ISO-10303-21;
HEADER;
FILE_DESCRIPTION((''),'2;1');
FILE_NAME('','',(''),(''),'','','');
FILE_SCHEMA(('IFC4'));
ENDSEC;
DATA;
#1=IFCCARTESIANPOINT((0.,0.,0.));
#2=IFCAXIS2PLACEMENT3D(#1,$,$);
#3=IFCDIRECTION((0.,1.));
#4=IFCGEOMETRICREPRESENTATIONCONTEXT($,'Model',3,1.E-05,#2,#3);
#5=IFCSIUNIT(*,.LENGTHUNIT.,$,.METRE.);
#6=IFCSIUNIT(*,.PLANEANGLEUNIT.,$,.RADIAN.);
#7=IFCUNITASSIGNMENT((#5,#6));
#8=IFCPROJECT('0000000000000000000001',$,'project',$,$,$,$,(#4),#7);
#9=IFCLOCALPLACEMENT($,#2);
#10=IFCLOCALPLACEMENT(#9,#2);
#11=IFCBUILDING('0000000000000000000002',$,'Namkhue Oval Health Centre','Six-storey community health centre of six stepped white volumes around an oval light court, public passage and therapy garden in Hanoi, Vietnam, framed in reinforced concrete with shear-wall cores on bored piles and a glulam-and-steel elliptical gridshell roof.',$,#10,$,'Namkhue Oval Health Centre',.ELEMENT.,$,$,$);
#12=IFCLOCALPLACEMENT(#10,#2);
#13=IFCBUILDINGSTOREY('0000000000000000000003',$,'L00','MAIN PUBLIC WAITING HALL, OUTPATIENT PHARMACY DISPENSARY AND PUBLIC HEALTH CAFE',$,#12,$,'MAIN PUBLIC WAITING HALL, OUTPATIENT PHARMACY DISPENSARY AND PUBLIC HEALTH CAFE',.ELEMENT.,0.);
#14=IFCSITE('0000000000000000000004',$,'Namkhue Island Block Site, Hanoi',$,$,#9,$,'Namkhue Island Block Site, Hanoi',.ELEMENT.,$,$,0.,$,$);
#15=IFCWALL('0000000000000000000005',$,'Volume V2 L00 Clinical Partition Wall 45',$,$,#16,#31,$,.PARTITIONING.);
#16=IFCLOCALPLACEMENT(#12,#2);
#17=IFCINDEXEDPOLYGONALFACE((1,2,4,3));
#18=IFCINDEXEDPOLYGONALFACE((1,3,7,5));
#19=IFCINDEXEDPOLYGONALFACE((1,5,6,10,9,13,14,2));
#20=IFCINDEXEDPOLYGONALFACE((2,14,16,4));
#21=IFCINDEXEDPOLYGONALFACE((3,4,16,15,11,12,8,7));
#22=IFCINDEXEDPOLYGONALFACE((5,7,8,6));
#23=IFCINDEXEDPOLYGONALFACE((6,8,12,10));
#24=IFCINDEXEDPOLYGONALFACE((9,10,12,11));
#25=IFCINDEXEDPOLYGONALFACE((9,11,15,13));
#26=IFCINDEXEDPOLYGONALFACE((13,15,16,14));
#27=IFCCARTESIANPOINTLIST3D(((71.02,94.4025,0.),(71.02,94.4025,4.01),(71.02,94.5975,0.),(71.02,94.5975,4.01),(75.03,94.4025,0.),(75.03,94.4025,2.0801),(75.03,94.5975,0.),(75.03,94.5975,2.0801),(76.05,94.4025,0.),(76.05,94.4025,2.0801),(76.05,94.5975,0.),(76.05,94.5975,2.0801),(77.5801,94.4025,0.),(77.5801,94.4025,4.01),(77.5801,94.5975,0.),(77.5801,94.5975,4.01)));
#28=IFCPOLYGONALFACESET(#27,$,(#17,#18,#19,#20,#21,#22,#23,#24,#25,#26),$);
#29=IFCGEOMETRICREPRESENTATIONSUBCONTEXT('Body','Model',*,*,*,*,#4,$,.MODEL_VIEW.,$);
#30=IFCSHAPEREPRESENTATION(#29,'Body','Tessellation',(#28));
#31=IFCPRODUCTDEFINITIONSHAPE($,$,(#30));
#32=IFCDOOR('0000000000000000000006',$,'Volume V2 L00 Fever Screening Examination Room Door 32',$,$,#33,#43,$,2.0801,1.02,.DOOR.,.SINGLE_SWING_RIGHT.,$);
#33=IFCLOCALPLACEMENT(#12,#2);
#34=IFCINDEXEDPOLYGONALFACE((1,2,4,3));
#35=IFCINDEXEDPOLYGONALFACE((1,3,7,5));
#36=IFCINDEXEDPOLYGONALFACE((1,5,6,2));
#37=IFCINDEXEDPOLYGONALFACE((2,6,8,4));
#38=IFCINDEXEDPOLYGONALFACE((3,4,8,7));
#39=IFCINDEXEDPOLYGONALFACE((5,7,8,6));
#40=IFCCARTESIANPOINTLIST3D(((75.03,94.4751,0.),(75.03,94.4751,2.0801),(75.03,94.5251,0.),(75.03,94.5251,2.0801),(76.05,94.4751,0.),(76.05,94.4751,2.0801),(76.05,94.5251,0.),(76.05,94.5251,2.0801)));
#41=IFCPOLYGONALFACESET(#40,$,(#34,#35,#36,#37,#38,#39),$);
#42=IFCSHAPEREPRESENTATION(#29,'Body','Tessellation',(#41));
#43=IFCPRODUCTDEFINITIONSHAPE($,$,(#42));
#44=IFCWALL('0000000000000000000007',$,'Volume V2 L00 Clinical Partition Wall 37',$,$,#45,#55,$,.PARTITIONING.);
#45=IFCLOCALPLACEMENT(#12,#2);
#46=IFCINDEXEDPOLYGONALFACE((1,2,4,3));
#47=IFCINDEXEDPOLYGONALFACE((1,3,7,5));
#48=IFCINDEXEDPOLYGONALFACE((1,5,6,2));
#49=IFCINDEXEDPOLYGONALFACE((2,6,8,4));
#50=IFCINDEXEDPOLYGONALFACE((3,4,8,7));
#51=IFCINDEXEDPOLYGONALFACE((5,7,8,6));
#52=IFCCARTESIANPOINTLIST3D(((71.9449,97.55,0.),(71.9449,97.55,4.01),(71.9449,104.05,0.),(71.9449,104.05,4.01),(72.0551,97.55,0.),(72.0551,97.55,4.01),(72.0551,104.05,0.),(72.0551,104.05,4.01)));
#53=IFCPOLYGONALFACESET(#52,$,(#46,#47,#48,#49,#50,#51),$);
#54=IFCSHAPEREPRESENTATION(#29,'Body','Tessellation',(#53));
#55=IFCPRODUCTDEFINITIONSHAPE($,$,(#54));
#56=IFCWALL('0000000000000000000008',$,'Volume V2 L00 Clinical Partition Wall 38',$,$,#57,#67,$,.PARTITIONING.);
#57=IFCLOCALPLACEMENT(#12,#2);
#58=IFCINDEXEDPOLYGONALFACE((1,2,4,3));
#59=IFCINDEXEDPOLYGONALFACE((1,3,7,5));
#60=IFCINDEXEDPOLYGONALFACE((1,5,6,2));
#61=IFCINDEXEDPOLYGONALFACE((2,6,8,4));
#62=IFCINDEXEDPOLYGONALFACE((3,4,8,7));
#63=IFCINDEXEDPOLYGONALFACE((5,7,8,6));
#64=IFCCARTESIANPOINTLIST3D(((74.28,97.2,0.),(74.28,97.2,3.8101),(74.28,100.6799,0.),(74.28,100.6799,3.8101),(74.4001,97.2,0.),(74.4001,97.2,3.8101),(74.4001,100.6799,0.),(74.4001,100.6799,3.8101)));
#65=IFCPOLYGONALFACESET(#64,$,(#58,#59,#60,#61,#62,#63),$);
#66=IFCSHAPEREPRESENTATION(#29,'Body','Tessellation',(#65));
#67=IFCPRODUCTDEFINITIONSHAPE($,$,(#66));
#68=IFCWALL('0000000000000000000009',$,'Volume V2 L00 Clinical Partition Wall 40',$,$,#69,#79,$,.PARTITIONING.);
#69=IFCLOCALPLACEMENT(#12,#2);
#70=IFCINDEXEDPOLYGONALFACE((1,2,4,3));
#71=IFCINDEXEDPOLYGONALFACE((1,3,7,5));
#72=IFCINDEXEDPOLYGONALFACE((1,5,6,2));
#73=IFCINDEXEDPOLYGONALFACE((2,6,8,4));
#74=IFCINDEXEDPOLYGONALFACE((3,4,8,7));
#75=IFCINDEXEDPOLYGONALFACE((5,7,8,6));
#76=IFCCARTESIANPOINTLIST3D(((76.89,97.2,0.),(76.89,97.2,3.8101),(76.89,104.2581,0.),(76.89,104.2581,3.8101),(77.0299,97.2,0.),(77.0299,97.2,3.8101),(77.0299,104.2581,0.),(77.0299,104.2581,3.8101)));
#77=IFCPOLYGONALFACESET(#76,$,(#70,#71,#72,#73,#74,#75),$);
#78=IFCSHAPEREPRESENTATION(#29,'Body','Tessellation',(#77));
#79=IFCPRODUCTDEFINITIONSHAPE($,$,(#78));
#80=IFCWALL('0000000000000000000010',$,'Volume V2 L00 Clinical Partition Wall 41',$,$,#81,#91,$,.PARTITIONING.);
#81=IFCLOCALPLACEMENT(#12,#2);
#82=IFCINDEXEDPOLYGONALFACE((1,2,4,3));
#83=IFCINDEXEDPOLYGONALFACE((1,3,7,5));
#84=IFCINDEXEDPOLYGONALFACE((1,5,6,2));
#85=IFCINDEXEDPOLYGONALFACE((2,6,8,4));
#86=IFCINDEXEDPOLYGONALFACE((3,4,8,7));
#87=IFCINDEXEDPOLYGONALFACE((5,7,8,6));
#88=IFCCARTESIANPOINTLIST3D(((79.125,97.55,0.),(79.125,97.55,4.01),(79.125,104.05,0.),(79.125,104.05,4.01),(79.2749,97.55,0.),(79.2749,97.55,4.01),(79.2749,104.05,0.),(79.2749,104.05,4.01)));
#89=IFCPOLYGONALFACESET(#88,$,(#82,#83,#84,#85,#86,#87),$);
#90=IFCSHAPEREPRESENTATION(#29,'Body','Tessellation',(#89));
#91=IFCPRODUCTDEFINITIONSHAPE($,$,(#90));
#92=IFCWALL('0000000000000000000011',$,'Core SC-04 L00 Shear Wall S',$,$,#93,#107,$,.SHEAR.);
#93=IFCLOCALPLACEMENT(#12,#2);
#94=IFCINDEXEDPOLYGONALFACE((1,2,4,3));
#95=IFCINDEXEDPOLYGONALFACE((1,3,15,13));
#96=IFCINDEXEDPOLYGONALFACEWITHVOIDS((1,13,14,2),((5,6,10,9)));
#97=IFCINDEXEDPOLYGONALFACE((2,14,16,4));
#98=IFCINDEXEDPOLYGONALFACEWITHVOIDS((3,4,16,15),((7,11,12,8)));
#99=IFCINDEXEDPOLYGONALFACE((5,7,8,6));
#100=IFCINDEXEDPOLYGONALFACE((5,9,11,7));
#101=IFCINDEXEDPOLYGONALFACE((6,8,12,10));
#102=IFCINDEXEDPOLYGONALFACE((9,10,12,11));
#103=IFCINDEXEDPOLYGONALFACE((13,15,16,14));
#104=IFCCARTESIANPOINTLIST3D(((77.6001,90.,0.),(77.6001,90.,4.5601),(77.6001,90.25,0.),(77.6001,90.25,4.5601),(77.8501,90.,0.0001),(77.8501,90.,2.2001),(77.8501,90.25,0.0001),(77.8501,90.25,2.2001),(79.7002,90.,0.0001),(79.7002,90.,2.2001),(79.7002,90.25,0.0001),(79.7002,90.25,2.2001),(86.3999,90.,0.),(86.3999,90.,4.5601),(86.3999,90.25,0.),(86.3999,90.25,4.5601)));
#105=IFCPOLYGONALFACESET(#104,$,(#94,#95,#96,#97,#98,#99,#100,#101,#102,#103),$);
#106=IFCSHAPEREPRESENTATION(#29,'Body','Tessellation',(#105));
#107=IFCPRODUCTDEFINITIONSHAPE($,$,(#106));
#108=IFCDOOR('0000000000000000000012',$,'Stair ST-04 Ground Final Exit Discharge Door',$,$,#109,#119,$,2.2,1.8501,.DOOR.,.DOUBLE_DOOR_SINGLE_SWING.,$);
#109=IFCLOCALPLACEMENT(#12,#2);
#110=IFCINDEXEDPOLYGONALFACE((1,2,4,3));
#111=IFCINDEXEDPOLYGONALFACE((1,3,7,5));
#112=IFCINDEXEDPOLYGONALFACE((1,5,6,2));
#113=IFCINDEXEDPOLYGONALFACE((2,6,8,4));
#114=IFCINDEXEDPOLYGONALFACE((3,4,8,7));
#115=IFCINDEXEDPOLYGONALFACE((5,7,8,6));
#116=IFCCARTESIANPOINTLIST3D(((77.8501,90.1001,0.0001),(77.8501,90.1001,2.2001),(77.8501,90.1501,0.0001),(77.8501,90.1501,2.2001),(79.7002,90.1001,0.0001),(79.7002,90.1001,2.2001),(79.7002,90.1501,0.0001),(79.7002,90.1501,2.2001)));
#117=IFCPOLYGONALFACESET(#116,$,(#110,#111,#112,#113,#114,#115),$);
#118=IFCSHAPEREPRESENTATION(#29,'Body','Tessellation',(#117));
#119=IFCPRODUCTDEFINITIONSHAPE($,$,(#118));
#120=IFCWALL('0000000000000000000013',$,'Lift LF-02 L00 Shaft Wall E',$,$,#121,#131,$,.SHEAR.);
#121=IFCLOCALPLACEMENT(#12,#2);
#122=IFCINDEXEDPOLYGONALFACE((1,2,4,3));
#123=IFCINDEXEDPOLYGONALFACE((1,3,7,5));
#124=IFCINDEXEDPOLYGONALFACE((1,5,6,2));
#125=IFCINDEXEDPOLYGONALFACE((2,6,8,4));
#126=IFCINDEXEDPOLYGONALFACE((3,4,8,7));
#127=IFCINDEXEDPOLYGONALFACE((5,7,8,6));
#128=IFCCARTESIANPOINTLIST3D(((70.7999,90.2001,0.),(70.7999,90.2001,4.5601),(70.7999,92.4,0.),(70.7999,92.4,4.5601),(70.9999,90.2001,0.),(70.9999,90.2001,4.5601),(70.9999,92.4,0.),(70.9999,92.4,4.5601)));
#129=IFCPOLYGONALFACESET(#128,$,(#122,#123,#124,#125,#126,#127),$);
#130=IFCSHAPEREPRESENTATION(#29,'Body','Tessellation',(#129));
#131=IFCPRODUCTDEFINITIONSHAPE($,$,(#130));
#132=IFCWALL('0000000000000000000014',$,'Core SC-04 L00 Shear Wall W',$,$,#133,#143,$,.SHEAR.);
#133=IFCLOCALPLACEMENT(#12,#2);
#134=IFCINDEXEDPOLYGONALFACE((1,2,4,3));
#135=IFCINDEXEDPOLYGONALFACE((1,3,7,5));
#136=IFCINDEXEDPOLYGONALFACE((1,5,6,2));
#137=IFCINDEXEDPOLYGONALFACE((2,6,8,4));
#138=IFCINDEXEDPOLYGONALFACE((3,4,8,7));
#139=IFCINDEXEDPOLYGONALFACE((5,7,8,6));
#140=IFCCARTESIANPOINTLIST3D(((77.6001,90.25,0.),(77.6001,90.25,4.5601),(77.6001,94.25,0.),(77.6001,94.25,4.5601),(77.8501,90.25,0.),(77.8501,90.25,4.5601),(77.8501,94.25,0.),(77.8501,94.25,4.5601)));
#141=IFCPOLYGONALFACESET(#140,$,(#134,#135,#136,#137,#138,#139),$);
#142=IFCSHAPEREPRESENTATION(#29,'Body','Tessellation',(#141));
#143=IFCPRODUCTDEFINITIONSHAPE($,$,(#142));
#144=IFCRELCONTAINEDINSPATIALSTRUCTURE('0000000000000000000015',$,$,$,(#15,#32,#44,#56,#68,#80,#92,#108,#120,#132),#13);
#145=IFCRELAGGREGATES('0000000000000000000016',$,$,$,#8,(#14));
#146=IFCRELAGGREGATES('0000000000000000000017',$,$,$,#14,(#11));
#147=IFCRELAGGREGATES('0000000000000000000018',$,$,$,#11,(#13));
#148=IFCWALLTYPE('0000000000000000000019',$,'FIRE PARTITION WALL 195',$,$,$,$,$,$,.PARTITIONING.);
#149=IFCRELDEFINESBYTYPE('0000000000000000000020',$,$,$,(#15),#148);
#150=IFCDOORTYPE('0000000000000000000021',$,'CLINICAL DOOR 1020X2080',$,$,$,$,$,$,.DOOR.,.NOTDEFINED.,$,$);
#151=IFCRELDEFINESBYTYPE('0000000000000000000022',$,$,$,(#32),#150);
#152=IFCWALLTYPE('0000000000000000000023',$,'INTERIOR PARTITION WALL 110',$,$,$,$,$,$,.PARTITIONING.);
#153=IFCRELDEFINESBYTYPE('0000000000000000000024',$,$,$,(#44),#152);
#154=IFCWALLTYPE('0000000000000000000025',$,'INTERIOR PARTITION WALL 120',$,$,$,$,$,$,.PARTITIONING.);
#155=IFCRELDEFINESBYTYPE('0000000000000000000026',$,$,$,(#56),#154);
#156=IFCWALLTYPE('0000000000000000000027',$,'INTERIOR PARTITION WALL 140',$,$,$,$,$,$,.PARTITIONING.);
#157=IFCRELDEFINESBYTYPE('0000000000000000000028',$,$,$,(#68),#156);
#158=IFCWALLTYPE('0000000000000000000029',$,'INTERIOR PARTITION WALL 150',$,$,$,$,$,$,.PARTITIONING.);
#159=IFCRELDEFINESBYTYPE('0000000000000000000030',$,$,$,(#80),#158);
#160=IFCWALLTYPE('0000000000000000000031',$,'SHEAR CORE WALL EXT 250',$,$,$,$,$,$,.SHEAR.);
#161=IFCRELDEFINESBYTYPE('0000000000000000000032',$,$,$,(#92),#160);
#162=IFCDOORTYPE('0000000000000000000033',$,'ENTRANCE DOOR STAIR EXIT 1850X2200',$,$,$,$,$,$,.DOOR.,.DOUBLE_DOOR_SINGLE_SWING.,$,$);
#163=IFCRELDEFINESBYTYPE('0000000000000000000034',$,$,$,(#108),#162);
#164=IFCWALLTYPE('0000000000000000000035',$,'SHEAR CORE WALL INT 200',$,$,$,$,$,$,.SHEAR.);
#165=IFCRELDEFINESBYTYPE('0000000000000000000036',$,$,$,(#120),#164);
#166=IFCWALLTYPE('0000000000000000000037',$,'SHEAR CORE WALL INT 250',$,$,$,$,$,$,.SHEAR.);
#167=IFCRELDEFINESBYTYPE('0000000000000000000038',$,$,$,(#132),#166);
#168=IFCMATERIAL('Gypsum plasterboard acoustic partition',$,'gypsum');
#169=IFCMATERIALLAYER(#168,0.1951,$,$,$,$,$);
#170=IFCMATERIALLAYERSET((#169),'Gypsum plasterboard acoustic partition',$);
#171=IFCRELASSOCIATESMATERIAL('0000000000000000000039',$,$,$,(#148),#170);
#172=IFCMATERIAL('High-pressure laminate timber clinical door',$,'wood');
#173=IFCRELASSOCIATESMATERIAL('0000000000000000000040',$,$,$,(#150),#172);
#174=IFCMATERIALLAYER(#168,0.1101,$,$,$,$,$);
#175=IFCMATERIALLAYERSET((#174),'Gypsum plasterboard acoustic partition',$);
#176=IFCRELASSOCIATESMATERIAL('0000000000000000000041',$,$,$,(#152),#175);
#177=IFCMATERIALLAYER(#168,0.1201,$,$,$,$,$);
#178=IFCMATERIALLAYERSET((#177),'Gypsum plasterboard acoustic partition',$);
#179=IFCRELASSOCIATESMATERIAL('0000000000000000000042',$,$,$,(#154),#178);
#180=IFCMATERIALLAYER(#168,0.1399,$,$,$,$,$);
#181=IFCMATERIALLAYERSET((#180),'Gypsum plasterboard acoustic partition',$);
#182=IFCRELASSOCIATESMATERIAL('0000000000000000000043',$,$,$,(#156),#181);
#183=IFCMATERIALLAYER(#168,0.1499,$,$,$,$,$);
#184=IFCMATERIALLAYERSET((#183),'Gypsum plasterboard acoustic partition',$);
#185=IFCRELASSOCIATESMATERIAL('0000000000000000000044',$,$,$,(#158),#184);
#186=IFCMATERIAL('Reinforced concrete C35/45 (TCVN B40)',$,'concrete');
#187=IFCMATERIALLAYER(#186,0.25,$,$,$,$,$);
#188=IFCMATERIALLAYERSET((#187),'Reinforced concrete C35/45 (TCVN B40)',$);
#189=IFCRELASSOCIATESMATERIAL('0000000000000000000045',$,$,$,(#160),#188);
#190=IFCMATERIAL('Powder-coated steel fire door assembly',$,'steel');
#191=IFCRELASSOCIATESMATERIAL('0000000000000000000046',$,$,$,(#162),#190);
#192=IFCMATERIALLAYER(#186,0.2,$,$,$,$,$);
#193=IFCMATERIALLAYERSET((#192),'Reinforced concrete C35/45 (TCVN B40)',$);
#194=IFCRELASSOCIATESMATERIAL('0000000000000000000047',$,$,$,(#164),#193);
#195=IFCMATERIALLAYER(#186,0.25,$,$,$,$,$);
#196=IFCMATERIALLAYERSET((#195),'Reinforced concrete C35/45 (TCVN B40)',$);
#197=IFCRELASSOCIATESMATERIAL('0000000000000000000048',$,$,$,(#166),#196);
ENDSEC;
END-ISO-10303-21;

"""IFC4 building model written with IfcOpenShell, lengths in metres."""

from ifc_helpers import new_model, si_unit, direction, frame, frame_2d, origin, place, context, subcontext, project, spatial, rectangle, extrude, material, layer, layer_set, type_object, element, fill, save


model = new_model("IFC4")

# Units and contexts
model_context = context("Model", 3, precision=1e-05, world=origin(), true_north=direction((0.0, 1.0)))
body_context = subcontext(model_context, "Body", "Model", "MODEL_VIEW")
ifc_project = project(units=[si_unit("LENGTHUNIT", "METRE"), si_unit("PLANEANGLEUNIT", "RADIAN")], contexts=[model_context])

# Site, building, storey
site_placement = place(None, origin())
site = spatial("IfcSite", under=ifc_project, at=site_placement, Name="Namkhue Island Block Site, Hanoi", LongName="Namkhue Island Block Site, Hanoi", CompositionType="ELEMENT", RefElevation=0.0)
building_placement = place(site_placement, origin())
building = spatial("IfcBuilding", under=site, at=building_placement, Name="Namkhue Oval Health Centre", Description="Six-storey community health centre of six stepped white volumes around an oval light court, public passage and therapy garden in Hanoi, Vietnam, framed in reinforced concrete with shear-wall cores on bored piles and a glulam-and-steel elliptical gridshell roof.", LongName="Namkhue Oval Health Centre", CompositionType="ELEMENT")
storey_placement = place(building_placement, origin())
storey = spatial("IfcBuildingStorey", under=building, at=storey_placement, Name="L00", Description="MAIN PUBLIC WAITING HALL, OUTPATIENT PHARMACY DISPENSARY AND PUBLIC HEALTH CAFE", LongName="MAIN PUBLIC WAITING HALL, OUTPATIENT PHARMACY DISPENSARY AND PUBLIC HEALTH CAFE", CompositionType="ELEMENT", Elevation=0.0)

# Shared definitions
ifc_material_1 = material(Name="Reinforced concrete C35/45 (TCVN B40)", Category="concrete")

# Wall, opening, door
ifc_material_2 = material(Name="Gypsum plasterboard acoustic partition", Category="gypsum")
ifc_layer_1 = layer(ifc_material_2, 0.1951)
ifc_layer_set_1 = layer_set([ifc_layer_1], Name="Gypsum plasterboard acoustic partition")
wall_type_1 = type_object("IfcWallType", Name="FIRE PARTITION WALL 195", PredefinedType="PARTITIONING", material=ifc_layer_set_1)
wall_1_placement = place(storey_placement, frame((71.02, 94.5, 0.0), z_axis=(0.0, 0.0, 1.0), x_axis=(1.0, 0.0, 0.0)))
wall_1 = element("IfcWall", 1, at=wall_1_placement, inside=storey, type_object=wall_type_1, Name="Volume V2 L00 Clinical Partition Wall 45", PredefinedType="PARTITIONING", context=body_context, shape_type="SweptSolid", body=[
    extrude(rectangle(XDim=6.5601, YDim=0.1951, at=frame_2d((3.28, 0.0))), origin(), (0.0, 0.0, 1.0), 4.01),
])
opening_1_placement = place(wall_1_placement, frame((4.01, 0.0, 0.0)))
opening_1 = element("IfcOpeningElement", 2, at=opening_1_placement, cuts=wall_1, PredefinedType="OPENING", context=body_context, shape_type="SweptSolid", body=[
    extrude(rectangle(XDim=1.02, YDim=2.0801, at=frame_2d((0.51, 1.04))), frame((0.0, 0.1074, 0.0), z_axis=(0.0, -1.0, 0.0), x_axis=(1.0, 0.0, 0.0)), (0.0, 0.0, 1.0), 0.2151),
])
ifc_material_3 = material(Name="High-pressure laminate timber clinical door", Category="wood")
door_type_1 = type_object("IfcDoorType", Name="CLINICAL DOOR 1020X2080", OperationType="NOTDEFINED", PredefinedType="DOOR", material=ifc_material_3)
door_1_placement = place(opening_1_placement, frame((1.02, 0.0, 0.0), z_axis=(0.0, 0.0, 1.0), x_axis=(-1.0, 0.0, 0.0)))
door_1 = element("IfcDoor", 3, at=door_1_placement, inside=storey, type_object=door_type_1, Name="Volume V2 L00 Fever Screening Examination Room Door 32", OperationType="SINGLE_SWING_RIGHT", OverallHeight=2.0801, OverallWidth=1.02, PredefinedType="DOOR", context=body_context, shape_type="SweptSolid", body=[
    extrude(rectangle(XDim=1.02, YDim=2.0801, at=frame_2d((0.51, 1.04))), frame((0.0, 0.0249, 0.0), z_axis=(0.0, -1.0, 0.0), x_axis=(1.0, 0.0, 0.0)), (0.0, 0.0, 1.0), 0.05),
])
fill(opening_1, door_1)

# Walls
ifc_layer_2 = layer(ifc_material_2, 0.1101)
ifc_layer_set_2 = layer_set([ifc_layer_2], Name="Gypsum plasterboard acoustic partition")
wall_type_2 = type_object("IfcWallType", Name="INTERIOR PARTITION WALL 110", PredefinedType="PARTITIONING", material=ifc_layer_set_2)
wall_2_placement = place(storey_placement, frame((72.0, 97.55, 0.0), z_axis=(0.0, 0.0, 1.0), x_axis=(0.0, 1.0, 0.0)))
element("IfcWall", 4, at=wall_2_placement, inside=storey, type_object=wall_type_2, Name="Volume V2 L00 Clinical Partition Wall 37", PredefinedType="PARTITIONING", context=body_context, shape_type="SweptSolid", body=[
    extrude(rectangle(XDim=6.5, YDim=0.1101, at=frame_2d((3.25, 0.0))), origin(), (0.0, 0.0, 1.0), 4.01),
])
ifc_layer_3 = layer(ifc_material_2, 0.1201)
ifc_layer_set_3 = layer_set([ifc_layer_3], Name="Gypsum plasterboard acoustic partition")
wall_type_3 = type_object("IfcWallType", Name="INTERIOR PARTITION WALL 120", PredefinedType="PARTITIONING", material=ifc_layer_set_3)
wall_3_placement = place(storey_placement, frame((74.3401, 97.2, 0.0), z_axis=(0.0, 0.0, 1.0), x_axis=(0.0, 1.0, 0.0)))
element("IfcWall", 5, at=wall_3_placement, inside=storey, type_object=wall_type_3, Name="Volume V2 L00 Clinical Partition Wall 38", PredefinedType="PARTITIONING", context=body_context, shape_type="SweptSolid", body=[
    extrude(rectangle(XDim=3.48, YDim=0.1201, at=frame_2d((1.74, 0.0))), origin(), (0.0, 0.0, 1.0), 3.8101),
])
ifc_layer_4 = layer(ifc_material_2, 0.1399)
ifc_layer_set_4 = layer_set([ifc_layer_4], Name="Gypsum plasterboard acoustic partition")
wall_type_4 = type_object("IfcWallType", Name="INTERIOR PARTITION WALL 140", PredefinedType="PARTITIONING", material=ifc_layer_set_4)
wall_4_placement = place(storey_placement, frame((76.96, 97.2, 0.0), z_axis=(0.0, 0.0, 1.0), x_axis=(0.0, 1.0, 0.0)))
element("IfcWall", 6, at=wall_4_placement, inside=storey, type_object=wall_type_4, Name="Volume V2 L00 Clinical Partition Wall 40", PredefinedType="PARTITIONING", context=body_context, shape_type="SweptSolid", body=[
    extrude(rectangle(XDim=7.0581, YDim=0.1399, at=frame_2d((3.5291, 0.0))), origin(), (0.0, 0.0, 1.0), 3.8101),
])
ifc_layer_5 = layer(ifc_material_2, 0.1499)
ifc_layer_set_5 = layer_set([ifc_layer_5], Name="Gypsum plasterboard acoustic partition")
wall_type_5 = type_object("IfcWallType", Name="INTERIOR PARTITION WALL 150", PredefinedType="PARTITIONING", material=ifc_layer_set_5)
wall_5_placement = place(storey_placement, frame((79.2, 97.55, 0.0), z_axis=(0.0, 0.0, 1.0), x_axis=(0.0, 1.0, 0.0)))
element("IfcWall", 7, at=wall_5_placement, inside=storey, type_object=wall_type_5, Name="Volume V2 L00 Clinical Partition Wall 41", PredefinedType="PARTITIONING", context=body_context, shape_type="SweptSolid", body=[
    extrude(rectangle(XDim=6.5, YDim=0.1499, at=frame_2d((3.25, 0.0))), origin(), (0.0, 0.0, 1.0), 4.01),
])

# Wall, opening, door
ifc_layer_6 = layer(ifc_material_1, 0.25)
ifc_layer_set_6 = layer_set([ifc_layer_6], Name="Reinforced concrete C35/45 (TCVN B40)")
wall_type_6 = type_object("IfcWallType", Name="SHEAR CORE WALL EXT 250", PredefinedType="SHEAR", material=ifc_layer_set_6)
wall_6_placement = place(storey_placement, frame((77.6001, 90.125, 0.0), z_axis=(0.0, 0.0, 1.0), x_axis=(1.0, 0.0, 0.0)))
wall_6 = element("IfcWall", 8, at=wall_6_placement, inside=storey, type_object=wall_type_6, Name="Core SC-04 L00 Shear Wall S", PredefinedType="SHEAR", context=body_context, shape_type="SweptSolid", body=[
    extrude(rectangle(XDim=8.7998, YDim=0.25, at=frame_2d((4.3999, 0.0))), origin(), (0.0, 0.0, 1.0), 4.5601),
])
opening_2_placement = place(wall_6_placement, frame((0.25, 0.0, 0.0)))
opening_2 = element("IfcOpeningElement", 9, at=opening_2_placement, cuts=wall_6, PredefinedType="OPENING", context=body_context, shape_type="SweptSolid", body=[
    extrude(rectangle(XDim=1.8501, YDim=2.2, at=frame_2d((0.925, 1.1001))), frame((0.0, 0.135, 0.0), z_axis=(0.0, -1.0, 0.0), x_axis=(1.0, 0.0, 0.0)), (0.0, 0.0, 1.0), 0.27),
])
ifc_material_4 = material(Name="Powder-coated steel fire door assembly", Category="steel")
door_type_2 = type_object("IfcDoorType", Name="ENTRANCE DOOR STAIR EXIT 1850X2200", OperationType="DOUBLE_DOOR_SINGLE_SWING", PredefinedType="DOOR", material=ifc_material_4)
door_2_placement = place(opening_2_placement, frame((1.8501, 0.0, 0.0), z_axis=(0.0, 0.0, 1.0), x_axis=(-1.0, 0.0, 0.0)))
door_2 = element("IfcDoor", 10, at=door_2_placement, inside=storey, type_object=door_type_2, Name="Stair ST-04 Ground Final Exit Discharge Door", OperationType="DOUBLE_DOOR_SINGLE_SWING", OverallHeight=2.2, OverallWidth=1.8501, PredefinedType="DOOR", context=body_context, shape_type="SweptSolid", body=[
    extrude(rectangle(XDim=1.8501, YDim=2.2, at=frame_2d((0.925, 1.1001))), frame((0.0, 0.0249, 0.0), z_axis=(0.0, -1.0, 0.0), x_axis=(1.0, 0.0, 0.0)), (0.0, 0.0, 1.0), 0.05),
])
fill(opening_2, door_2)

# Wall
ifc_layer_7 = layer(ifc_material_1, 0.2)
ifc_layer_set_7 = layer_set([ifc_layer_7], Name="Reinforced concrete C35/45 (TCVN B40)")
wall_type_7 = type_object("IfcWallType", Name="SHEAR CORE WALL INT 200", PredefinedType="SHEAR", material=ifc_layer_set_7)
wall_7_placement = place(storey_placement, frame((70.8999, 90.2, 0.0), z_axis=(0.0, 0.0, 1.0), x_axis=(0.0, 1.0, 0.0)))
element("IfcWall", 11, at=wall_7_placement, inside=storey, type_object=wall_type_7, Name="Lift LF-02 L00 Shaft Wall E", PredefinedType="SHEAR", context=body_context, shape_type="SweptSolid", body=[
    extrude(rectangle(XDim=2.2, YDim=0.2, at=frame_2d((1.1001, 0.0))), origin(), (0.0, 0.0, 1.0), 4.5601),
])

# Wall
ifc_layer_8 = layer(ifc_material_1, 0.25)
ifc_layer_set_8 = layer_set([ifc_layer_8], Name="Reinforced concrete C35/45 (TCVN B40)")
wall_type_8 = type_object("IfcWallType", Name="SHEAR CORE WALL INT 250", PredefinedType="SHEAR", material=ifc_layer_set_8)
wall_8_placement = place(storey_placement, frame((77.7251, 94.25, 0.0), z_axis=(0.0, 0.0, 1.0), x_axis=(0.0, -1.0, 0.0)))
element("IfcWall", 12, at=wall_8_placement, inside=storey, type_object=wall_type_8, Name="Core SC-04 L00 Shear Wall W", PredefinedType="SHEAR", context=body_context, shape_type="SweptSolid", body=[
    extrude(rectangle(XDim=4.0, YDim=0.25, at=frame_2d((2.0, 0.0))), origin(), (0.0, 0.0, 1.0), 4.5601),
])

save(model, "model.ifc")
